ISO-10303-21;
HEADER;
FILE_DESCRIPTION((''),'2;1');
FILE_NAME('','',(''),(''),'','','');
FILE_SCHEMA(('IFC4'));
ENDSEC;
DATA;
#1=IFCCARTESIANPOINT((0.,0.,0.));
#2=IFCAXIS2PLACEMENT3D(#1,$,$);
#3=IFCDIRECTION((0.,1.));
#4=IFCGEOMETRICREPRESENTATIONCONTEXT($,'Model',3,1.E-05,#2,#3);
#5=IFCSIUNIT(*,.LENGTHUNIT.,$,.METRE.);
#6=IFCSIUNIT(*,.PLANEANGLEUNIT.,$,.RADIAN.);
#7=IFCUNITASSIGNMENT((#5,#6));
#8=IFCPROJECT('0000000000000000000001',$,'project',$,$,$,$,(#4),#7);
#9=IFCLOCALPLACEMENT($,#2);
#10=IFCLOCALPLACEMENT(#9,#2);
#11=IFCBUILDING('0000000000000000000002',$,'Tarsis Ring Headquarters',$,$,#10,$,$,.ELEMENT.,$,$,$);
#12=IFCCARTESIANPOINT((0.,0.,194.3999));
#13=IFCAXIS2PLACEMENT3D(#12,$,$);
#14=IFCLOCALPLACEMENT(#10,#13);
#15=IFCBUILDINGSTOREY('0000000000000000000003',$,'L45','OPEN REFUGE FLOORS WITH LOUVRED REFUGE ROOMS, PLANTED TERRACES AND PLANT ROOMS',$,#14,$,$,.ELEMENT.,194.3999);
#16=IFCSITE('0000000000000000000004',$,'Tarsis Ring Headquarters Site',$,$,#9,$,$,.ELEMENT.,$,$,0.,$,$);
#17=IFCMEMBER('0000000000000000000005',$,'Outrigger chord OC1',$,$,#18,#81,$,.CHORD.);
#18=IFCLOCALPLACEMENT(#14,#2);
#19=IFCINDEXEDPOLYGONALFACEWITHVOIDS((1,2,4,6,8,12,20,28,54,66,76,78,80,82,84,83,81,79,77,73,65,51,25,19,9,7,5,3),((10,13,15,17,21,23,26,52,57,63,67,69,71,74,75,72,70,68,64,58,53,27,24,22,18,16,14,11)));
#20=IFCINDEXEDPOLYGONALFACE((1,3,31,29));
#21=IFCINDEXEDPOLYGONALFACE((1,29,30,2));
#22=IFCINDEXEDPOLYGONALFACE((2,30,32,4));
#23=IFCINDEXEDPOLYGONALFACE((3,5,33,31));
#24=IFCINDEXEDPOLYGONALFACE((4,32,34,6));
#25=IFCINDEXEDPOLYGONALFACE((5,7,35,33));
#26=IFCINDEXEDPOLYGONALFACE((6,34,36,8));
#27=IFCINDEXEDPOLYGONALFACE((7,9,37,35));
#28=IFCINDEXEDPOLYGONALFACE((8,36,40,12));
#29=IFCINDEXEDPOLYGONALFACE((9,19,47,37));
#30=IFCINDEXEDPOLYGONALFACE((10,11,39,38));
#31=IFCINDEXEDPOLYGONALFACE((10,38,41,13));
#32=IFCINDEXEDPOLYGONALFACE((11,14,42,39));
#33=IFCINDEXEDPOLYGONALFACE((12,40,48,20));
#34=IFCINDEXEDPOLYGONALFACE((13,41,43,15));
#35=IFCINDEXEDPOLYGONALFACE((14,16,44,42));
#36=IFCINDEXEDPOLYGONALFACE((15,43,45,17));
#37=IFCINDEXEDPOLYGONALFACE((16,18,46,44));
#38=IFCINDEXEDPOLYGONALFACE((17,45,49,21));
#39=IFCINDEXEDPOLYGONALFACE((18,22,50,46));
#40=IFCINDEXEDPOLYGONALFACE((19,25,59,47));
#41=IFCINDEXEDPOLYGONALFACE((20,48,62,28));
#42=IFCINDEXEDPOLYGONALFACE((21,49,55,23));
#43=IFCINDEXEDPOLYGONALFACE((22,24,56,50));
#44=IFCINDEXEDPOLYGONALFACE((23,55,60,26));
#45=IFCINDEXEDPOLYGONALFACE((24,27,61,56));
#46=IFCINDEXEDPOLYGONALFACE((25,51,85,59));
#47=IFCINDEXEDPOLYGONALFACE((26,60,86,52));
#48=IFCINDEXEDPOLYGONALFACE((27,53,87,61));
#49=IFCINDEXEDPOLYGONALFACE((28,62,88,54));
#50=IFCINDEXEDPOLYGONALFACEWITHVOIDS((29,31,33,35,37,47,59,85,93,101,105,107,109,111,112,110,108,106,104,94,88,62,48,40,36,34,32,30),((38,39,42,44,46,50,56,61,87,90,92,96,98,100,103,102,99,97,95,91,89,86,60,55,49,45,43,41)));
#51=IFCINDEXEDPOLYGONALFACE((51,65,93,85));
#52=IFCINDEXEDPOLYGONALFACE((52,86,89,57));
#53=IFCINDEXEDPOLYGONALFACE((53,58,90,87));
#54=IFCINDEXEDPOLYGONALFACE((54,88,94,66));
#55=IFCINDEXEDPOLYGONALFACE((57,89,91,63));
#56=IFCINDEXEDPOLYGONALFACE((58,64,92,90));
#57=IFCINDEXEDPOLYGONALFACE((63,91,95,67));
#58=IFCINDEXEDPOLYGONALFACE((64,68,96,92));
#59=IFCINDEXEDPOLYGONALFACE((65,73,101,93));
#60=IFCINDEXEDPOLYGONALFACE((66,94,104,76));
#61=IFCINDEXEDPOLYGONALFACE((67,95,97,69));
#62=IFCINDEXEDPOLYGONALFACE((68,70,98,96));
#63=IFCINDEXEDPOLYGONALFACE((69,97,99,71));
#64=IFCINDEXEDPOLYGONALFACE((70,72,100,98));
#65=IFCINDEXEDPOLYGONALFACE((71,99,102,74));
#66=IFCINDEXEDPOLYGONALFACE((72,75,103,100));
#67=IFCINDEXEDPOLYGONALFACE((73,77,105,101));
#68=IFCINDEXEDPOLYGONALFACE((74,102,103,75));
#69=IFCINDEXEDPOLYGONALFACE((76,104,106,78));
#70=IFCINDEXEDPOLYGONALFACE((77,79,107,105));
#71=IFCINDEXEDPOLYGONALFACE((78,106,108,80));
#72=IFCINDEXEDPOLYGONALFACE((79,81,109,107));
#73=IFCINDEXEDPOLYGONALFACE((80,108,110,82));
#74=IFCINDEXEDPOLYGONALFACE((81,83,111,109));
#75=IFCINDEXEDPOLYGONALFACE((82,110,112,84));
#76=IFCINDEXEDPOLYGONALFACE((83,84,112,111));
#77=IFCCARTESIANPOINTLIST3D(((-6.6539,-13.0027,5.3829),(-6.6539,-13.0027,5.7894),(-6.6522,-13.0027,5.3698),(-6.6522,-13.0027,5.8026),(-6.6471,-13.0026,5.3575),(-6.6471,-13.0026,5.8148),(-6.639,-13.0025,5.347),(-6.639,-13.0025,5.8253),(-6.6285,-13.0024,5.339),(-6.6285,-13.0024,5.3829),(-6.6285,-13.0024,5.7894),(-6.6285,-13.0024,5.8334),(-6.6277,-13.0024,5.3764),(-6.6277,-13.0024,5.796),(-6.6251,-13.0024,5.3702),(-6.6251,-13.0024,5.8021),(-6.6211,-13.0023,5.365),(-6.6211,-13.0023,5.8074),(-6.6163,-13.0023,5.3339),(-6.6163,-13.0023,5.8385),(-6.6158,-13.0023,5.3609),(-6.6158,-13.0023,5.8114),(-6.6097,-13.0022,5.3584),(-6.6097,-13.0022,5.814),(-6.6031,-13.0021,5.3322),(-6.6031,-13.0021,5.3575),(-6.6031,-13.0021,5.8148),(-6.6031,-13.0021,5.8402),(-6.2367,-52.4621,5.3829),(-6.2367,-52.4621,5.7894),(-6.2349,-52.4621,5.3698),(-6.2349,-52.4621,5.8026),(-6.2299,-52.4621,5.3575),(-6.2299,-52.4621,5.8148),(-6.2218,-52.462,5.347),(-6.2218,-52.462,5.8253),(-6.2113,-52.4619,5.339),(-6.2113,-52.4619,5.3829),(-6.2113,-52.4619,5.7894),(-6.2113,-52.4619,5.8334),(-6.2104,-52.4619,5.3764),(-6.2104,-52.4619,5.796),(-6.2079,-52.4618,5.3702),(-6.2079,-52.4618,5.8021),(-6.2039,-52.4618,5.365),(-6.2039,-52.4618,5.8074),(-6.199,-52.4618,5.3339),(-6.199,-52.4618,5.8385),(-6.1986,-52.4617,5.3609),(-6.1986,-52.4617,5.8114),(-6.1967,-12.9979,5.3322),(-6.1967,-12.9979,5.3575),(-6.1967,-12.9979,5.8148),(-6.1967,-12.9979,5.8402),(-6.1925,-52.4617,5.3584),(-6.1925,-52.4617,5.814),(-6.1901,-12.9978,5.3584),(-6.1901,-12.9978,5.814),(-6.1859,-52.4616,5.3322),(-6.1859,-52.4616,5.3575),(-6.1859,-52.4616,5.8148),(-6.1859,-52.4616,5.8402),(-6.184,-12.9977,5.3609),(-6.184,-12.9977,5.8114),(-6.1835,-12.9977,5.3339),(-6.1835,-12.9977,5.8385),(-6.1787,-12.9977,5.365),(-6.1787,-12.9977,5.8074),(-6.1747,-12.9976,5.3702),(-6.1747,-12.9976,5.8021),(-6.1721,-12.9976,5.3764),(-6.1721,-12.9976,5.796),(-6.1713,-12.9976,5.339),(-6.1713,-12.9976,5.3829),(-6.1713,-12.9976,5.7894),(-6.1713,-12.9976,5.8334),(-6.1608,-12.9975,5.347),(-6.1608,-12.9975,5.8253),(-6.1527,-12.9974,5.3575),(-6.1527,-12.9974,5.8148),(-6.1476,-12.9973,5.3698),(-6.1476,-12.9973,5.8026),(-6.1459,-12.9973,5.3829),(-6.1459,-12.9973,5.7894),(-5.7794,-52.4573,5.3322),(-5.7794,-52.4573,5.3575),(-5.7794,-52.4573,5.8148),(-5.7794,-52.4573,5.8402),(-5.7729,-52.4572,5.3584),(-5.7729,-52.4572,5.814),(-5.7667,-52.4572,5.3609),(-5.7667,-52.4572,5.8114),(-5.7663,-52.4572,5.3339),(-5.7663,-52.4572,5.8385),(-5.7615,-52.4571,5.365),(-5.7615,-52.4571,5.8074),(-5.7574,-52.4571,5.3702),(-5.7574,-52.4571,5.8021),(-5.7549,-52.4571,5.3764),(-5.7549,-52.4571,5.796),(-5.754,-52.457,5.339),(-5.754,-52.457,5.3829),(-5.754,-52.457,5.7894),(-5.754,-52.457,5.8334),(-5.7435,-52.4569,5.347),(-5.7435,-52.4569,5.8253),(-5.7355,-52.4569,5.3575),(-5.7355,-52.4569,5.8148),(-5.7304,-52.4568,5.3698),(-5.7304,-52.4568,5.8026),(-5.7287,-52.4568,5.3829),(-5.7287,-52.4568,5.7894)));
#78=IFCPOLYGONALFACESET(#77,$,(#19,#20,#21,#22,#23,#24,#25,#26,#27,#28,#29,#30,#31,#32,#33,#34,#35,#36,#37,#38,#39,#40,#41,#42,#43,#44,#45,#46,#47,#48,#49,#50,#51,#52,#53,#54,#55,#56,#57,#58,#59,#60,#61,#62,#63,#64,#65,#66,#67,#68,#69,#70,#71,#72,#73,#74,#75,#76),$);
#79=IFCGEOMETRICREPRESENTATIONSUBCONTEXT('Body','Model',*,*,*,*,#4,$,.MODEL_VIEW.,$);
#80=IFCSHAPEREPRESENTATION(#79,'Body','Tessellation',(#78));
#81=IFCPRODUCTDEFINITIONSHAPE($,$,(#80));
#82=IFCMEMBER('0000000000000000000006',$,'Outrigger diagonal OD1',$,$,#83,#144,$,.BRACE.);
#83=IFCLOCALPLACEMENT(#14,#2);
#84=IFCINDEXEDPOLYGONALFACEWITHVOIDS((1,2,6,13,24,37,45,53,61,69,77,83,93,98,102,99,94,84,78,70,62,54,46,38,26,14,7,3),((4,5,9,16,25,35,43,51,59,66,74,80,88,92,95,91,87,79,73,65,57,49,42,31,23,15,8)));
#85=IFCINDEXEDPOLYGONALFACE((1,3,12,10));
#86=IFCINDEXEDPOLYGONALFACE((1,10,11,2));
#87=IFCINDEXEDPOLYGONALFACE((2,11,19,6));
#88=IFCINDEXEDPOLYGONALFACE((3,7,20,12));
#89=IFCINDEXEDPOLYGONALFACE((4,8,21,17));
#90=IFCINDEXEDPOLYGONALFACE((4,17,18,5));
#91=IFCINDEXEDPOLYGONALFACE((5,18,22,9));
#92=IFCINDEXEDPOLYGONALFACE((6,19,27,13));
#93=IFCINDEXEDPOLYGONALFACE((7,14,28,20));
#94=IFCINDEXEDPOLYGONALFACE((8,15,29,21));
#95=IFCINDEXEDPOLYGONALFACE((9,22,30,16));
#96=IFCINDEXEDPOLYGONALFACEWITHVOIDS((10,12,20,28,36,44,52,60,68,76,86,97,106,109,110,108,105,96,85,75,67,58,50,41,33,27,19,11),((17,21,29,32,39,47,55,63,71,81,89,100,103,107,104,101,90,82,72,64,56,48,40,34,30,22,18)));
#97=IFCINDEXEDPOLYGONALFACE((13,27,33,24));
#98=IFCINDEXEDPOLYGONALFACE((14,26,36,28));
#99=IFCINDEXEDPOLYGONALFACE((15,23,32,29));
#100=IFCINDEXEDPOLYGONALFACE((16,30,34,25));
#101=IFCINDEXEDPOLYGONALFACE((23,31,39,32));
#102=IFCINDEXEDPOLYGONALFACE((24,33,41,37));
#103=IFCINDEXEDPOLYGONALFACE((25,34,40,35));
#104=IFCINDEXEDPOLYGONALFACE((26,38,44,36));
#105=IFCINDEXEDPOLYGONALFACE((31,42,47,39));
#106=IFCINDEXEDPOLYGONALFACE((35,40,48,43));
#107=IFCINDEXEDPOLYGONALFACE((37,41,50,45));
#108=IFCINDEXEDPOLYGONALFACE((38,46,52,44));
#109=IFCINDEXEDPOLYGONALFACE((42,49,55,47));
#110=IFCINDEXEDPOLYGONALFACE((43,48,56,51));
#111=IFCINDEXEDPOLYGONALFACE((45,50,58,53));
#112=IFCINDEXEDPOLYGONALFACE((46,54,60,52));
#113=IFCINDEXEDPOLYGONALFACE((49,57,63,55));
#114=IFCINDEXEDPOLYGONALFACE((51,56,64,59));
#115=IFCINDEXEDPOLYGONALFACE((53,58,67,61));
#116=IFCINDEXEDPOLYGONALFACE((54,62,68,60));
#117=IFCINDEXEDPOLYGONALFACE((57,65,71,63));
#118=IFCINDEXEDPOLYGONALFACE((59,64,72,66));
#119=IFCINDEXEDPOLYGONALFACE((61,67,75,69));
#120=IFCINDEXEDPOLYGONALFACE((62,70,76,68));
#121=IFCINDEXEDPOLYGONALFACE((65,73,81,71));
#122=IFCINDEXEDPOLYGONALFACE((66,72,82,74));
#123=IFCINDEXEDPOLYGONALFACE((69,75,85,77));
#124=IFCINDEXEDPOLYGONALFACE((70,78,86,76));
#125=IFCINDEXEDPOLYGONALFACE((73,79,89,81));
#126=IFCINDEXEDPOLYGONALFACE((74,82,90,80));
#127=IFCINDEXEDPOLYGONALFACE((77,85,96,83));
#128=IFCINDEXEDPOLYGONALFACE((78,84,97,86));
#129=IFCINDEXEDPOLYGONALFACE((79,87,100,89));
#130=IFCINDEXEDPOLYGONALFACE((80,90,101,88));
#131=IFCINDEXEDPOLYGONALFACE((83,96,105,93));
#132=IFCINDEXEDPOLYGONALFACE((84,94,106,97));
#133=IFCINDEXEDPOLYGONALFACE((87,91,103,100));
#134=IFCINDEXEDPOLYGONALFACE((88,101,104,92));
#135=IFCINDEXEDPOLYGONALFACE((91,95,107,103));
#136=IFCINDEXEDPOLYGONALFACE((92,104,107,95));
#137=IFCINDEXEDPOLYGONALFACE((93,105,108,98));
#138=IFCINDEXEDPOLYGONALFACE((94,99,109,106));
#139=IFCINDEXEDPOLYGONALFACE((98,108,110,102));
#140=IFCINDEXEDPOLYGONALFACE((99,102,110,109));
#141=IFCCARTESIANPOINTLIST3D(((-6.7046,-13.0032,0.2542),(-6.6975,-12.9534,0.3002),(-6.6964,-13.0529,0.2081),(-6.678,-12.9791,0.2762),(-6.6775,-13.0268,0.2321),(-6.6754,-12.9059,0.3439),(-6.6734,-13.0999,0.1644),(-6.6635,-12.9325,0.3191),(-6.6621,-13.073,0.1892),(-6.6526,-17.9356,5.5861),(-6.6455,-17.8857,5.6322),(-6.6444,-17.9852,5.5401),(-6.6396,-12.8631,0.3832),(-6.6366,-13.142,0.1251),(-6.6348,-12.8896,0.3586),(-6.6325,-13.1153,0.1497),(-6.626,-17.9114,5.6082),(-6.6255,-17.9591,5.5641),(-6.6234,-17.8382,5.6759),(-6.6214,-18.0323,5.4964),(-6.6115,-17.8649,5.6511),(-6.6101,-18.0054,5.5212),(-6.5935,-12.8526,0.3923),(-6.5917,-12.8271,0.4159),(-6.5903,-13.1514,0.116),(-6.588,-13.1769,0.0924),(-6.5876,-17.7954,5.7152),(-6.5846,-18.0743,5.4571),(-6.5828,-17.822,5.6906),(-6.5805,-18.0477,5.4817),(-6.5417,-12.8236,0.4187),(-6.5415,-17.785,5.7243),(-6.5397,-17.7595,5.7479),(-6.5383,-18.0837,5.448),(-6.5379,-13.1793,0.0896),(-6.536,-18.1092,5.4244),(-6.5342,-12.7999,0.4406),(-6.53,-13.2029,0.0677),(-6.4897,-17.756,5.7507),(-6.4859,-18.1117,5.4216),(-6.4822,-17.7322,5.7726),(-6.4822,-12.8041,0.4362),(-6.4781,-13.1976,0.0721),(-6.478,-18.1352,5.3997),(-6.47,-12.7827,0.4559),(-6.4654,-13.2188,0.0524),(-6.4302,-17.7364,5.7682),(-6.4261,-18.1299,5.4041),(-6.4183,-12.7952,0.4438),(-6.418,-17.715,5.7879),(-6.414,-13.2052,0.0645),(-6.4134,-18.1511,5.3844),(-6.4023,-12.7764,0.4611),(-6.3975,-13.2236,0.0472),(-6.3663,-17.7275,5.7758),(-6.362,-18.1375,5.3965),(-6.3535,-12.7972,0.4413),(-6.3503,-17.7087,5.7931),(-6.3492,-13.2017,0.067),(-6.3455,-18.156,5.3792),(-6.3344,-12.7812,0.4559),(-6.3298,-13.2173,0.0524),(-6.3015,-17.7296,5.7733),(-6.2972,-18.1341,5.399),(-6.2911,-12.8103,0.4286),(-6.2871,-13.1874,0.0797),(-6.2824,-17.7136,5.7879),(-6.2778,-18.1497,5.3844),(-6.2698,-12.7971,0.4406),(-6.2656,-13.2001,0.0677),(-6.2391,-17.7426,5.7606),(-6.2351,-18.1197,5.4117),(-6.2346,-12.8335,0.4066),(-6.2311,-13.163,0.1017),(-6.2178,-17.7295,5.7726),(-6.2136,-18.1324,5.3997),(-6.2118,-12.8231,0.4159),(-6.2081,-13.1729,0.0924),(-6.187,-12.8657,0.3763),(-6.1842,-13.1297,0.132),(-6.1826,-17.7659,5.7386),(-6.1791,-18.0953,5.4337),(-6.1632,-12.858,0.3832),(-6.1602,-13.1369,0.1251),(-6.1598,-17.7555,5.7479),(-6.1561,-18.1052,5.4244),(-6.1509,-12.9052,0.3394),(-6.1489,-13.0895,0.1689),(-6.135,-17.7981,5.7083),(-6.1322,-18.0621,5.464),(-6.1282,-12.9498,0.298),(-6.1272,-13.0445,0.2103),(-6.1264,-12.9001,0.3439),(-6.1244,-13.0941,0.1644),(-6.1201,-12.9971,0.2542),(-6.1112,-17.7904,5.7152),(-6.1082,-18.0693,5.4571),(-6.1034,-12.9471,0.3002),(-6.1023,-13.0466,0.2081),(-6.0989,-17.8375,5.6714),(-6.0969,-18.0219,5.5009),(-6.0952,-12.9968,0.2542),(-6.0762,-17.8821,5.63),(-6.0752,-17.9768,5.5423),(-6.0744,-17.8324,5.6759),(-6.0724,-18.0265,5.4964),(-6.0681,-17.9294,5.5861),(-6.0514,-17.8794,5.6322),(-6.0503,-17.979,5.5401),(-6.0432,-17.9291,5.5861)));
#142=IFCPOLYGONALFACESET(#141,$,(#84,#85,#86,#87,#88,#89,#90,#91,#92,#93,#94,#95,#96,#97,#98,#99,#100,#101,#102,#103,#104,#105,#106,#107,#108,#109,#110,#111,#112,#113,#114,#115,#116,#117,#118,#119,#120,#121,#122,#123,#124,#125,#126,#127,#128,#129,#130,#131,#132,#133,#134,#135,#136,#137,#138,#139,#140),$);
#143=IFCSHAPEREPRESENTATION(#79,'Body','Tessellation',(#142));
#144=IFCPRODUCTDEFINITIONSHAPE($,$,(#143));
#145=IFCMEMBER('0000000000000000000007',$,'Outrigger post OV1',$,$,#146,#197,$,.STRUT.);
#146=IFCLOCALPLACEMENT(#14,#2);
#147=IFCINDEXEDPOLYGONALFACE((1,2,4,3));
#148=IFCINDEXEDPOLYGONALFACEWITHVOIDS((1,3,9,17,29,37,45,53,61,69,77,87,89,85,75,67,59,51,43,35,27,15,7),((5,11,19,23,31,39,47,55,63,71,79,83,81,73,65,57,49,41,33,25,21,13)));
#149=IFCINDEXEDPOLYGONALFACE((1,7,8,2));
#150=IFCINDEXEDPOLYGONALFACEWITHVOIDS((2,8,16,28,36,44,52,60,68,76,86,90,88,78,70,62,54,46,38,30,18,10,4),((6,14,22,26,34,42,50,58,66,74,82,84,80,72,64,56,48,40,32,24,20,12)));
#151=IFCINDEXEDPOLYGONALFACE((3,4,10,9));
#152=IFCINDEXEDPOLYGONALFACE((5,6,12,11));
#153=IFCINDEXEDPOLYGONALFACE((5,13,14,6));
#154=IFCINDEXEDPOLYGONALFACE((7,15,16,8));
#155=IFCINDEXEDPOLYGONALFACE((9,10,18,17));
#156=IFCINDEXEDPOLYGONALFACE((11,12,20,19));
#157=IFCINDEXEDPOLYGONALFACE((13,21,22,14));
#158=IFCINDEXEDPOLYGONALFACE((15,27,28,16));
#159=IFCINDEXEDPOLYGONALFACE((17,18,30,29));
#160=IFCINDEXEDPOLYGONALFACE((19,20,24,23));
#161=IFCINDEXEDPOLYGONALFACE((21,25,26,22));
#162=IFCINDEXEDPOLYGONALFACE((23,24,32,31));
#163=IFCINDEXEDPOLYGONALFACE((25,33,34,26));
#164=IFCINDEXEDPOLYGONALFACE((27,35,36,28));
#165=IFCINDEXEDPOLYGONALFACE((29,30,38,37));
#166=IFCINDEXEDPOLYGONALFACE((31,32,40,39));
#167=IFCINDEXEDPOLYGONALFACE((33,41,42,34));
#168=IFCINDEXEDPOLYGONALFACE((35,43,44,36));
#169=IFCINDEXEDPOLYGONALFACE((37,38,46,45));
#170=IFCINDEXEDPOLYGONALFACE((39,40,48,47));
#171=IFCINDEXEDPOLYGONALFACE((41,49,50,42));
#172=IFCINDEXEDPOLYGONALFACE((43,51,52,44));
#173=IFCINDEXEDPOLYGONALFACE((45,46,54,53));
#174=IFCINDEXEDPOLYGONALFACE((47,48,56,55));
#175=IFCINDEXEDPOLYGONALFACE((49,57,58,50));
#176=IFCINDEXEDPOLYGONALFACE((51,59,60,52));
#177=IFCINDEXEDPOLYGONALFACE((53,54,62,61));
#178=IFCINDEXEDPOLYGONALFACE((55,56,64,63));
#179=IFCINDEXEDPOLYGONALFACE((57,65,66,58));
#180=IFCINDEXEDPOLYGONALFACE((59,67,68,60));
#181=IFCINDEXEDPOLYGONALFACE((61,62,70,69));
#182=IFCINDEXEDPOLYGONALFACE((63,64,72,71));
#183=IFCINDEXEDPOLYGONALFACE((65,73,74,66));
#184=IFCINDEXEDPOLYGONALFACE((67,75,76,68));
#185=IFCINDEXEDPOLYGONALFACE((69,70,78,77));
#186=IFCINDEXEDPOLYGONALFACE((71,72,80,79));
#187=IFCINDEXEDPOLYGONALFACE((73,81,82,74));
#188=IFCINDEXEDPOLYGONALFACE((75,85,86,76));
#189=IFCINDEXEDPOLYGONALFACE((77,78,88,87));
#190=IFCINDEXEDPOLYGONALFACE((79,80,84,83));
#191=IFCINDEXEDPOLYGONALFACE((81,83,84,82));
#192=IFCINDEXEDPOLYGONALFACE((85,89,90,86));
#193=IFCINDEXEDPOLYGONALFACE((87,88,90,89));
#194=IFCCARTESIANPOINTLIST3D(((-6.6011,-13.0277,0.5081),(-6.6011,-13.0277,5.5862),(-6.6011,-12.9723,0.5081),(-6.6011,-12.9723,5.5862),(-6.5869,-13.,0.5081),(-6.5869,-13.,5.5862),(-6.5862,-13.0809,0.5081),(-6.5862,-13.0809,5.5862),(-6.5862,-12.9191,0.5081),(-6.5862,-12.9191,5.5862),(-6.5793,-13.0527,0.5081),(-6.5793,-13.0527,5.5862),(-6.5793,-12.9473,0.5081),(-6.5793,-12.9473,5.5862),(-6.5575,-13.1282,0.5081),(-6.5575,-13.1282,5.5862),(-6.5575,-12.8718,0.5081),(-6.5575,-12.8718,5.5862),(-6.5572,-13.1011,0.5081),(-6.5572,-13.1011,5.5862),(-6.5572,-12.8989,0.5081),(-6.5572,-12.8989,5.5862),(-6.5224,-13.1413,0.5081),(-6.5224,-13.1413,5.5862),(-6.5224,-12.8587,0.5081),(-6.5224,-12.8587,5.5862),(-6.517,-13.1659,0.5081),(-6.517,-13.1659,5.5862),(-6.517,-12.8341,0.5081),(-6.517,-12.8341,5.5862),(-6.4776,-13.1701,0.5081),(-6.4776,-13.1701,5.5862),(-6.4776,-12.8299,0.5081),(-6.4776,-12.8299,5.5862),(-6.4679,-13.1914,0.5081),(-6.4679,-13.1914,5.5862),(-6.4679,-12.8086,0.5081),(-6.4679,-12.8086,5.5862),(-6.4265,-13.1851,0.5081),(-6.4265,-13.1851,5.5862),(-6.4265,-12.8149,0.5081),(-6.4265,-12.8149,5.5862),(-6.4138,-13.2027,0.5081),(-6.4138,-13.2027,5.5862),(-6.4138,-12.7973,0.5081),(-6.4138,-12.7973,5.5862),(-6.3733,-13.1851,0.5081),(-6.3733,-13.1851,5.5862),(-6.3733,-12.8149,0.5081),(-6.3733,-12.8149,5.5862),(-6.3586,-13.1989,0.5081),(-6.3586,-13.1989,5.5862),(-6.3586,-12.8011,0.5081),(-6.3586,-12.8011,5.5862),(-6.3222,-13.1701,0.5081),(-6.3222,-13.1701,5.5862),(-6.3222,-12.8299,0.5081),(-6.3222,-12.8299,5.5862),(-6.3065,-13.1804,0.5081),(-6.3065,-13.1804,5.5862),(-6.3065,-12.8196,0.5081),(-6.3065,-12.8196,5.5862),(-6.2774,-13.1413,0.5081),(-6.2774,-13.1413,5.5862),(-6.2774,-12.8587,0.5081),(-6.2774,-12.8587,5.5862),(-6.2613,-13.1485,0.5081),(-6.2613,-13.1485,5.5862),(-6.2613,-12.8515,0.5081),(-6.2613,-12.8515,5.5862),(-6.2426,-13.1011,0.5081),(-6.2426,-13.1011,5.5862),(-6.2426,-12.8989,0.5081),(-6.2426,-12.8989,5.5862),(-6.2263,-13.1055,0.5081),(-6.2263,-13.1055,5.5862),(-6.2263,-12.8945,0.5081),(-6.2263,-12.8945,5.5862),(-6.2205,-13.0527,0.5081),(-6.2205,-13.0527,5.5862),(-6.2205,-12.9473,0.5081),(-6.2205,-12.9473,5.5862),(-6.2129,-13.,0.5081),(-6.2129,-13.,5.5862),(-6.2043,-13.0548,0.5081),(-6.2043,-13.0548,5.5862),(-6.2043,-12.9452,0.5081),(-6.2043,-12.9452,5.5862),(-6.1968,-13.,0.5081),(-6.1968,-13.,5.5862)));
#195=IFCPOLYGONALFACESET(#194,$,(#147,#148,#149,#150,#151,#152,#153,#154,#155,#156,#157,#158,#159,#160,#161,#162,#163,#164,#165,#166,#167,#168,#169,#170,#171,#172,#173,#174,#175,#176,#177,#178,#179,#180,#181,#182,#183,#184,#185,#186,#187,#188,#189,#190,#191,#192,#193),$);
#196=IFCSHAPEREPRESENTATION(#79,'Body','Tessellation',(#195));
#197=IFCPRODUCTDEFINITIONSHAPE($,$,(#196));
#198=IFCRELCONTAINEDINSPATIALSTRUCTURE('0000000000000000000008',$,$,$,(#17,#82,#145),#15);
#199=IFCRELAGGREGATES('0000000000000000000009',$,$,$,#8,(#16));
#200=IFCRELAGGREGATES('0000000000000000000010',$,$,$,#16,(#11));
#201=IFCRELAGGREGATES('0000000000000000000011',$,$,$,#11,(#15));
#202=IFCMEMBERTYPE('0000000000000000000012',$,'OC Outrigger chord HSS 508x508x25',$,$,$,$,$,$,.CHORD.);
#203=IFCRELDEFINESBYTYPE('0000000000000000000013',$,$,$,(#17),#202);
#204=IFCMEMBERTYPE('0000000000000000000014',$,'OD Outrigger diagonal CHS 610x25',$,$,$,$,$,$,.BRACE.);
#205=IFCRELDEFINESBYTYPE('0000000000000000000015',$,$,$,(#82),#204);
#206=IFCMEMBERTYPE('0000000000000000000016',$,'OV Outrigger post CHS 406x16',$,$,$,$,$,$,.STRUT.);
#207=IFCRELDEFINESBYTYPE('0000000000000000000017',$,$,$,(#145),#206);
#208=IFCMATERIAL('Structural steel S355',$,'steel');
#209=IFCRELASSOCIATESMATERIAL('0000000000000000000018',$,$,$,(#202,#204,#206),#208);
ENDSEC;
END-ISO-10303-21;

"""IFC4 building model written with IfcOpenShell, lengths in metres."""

from ifc_helpers import new_model, si_unit, direction, frame, origin, origin_2d, place, context, subcontext, project, spatial, hollow_rectangle, hollow_circle, extrude, material, material_profile, profile_set, type_object, element, save


model = new_model("IFC4")

# Units and contexts
model_context = context("Model", 3, precision=1e-05, world=origin(), true_north=direction((0.0, 1.0)))
body_context = subcontext(model_context, "Body", "Model", "MODEL_VIEW")
ifc_project = project(units=[si_unit("LENGTHUNIT", "METRE"), si_unit("PLANEANGLEUNIT", "RADIAN")], contexts=[model_context])

# Site, building, storey
site_placement = place(None, origin())
site = spatial("IfcSite", under=ifc_project, at=site_placement, Name="Tarsis Ring Headquarters Site", CompositionType="ELEMENT", RefElevation=0.0)
building_placement = place(site_placement, origin())
building = spatial("IfcBuilding", under=site, at=building_placement, Name="Tarsis Ring Headquarters", CompositionType="ELEMENT")
storey_placement = place(building_placement, frame((0.0, 0.0, 194.3999)))
storey = spatial("IfcBuildingStorey", under=building, at=storey_placement, Name="L45", Description="OPEN REFUGE FLOORS WITH LOUVRED REFUGE ROOMS, PLANTED TERRACES AND PLANT ROOMS", CompositionType="ELEMENT", Elevation=194.3999)

# Shared definitions
ifc_material_1 = material(Name="Structural steel S355", Category="steel")

# Members
ifc_material_profile_1 = material_profile(ifc_material_1, hollow_rectangle(XDim=0.5081, YDim=0.5081, WallThickness=0.0254, InnerFilletRadius=0.0254, OuterFilletRadius=0.0508, at=origin_2d()), Name="HSS 508x508x25")
ifc_profile_set_1 = profile_set([ifc_material_profile_1], Name="Structural steel S355")
member_type_1 = type_object("IfcMemberType", Name="OC Outrigger chord HSS 508x508x25", PredefinedType="CHORD", material=ifc_profile_set_1)
member_1_placement = place(storey_placement, frame((-6.3999, -13.0, 5.5862), z_axis=(0.010573, -0.999944, 0.0), x_axis=(0.999944, 0.010573, 0.0)))
element("IfcMember", 1, at=member_1_placement, inside=storey, type_object=member_type_1, Name="Outrigger chord OC1", PredefinedType="CHORD", context=body_context, shape_type="SweptSolid", body=[
    extrude(hollow_rectangle(XDim=0.5081, YDim=0.5081, WallThickness=0.0254, InnerFilletRadius=0.0254, OuterFilletRadius=0.0508, at=origin_2d()), origin(), (0.0, 0.0, 1.0), 39.4617),
])
ifc_material_profile_2 = material_profile(ifc_material_1, hollow_circle(Radius=0.3047, WallThickness=0.0249, at=origin_2d()), Name="CHS 610x25")
ifc_profile_set_2 = profile_set([ifc_material_profile_2], Name="Structural steel S355")
member_type_2 = type_object("IfcMemberType", Name="OD Outrigger diagonal CHS 610x25", PredefinedType="BRACE", material=ifc_profile_set_2)
member_2_placement = place(storey_placement, frame((-6.3999, -13.0, 0.2542), z_axis=(0.007159, -0.679043, 0.734064), x_axis=(0.999944, 0.010542, 0.0)))
element("IfcMember", 2, at=member_2_placement, inside=storey, type_object=member_type_2, Name="Outrigger diagonal OD1", PredefinedType="BRACE", context=body_context, shape_type="SweptSolid", body=[
    extrude(hollow_circle(Radius=0.3047, WallThickness=0.0249, at=origin_2d()), origin(), (0.0, 0.0, 1.0), 7.2637),
])
ifc_material_profile_3 = material_profile(ifc_material_1, hollow_circle(Radius=0.2031, WallThickness=0.0161, at=origin_2d()), Name="CHS 406x16")
ifc_profile_set_3 = profile_set([ifc_material_profile_3], Name="Structural steel S355")
member_type_3 = type_object("IfcMemberType", Name="OV Outrigger post CHS 406x16", PredefinedType="STRUT", material=ifc_profile_set_3)
member_3_placement = place(storey_placement, frame((-6.3999, -13.0, 0.5081), z_axis=(0.0, 0.0, 1.0), x_axis=(1.0, 0.0, 0.0)))
element("IfcMember", 3, at=member_3_placement, inside=storey, type_object=member_type_3, Name="Outrigger post OV1", PredefinedType="STRUT", context=body_context, shape_type="SweptSolid", body=[
    extrude(hollow_circle(Radius=0.2031, WallThickness=0.0161, at=origin_2d()), origin(), (0.0, 0.0, 1.0), 5.0781),
])

save(model, "model.ifc")
